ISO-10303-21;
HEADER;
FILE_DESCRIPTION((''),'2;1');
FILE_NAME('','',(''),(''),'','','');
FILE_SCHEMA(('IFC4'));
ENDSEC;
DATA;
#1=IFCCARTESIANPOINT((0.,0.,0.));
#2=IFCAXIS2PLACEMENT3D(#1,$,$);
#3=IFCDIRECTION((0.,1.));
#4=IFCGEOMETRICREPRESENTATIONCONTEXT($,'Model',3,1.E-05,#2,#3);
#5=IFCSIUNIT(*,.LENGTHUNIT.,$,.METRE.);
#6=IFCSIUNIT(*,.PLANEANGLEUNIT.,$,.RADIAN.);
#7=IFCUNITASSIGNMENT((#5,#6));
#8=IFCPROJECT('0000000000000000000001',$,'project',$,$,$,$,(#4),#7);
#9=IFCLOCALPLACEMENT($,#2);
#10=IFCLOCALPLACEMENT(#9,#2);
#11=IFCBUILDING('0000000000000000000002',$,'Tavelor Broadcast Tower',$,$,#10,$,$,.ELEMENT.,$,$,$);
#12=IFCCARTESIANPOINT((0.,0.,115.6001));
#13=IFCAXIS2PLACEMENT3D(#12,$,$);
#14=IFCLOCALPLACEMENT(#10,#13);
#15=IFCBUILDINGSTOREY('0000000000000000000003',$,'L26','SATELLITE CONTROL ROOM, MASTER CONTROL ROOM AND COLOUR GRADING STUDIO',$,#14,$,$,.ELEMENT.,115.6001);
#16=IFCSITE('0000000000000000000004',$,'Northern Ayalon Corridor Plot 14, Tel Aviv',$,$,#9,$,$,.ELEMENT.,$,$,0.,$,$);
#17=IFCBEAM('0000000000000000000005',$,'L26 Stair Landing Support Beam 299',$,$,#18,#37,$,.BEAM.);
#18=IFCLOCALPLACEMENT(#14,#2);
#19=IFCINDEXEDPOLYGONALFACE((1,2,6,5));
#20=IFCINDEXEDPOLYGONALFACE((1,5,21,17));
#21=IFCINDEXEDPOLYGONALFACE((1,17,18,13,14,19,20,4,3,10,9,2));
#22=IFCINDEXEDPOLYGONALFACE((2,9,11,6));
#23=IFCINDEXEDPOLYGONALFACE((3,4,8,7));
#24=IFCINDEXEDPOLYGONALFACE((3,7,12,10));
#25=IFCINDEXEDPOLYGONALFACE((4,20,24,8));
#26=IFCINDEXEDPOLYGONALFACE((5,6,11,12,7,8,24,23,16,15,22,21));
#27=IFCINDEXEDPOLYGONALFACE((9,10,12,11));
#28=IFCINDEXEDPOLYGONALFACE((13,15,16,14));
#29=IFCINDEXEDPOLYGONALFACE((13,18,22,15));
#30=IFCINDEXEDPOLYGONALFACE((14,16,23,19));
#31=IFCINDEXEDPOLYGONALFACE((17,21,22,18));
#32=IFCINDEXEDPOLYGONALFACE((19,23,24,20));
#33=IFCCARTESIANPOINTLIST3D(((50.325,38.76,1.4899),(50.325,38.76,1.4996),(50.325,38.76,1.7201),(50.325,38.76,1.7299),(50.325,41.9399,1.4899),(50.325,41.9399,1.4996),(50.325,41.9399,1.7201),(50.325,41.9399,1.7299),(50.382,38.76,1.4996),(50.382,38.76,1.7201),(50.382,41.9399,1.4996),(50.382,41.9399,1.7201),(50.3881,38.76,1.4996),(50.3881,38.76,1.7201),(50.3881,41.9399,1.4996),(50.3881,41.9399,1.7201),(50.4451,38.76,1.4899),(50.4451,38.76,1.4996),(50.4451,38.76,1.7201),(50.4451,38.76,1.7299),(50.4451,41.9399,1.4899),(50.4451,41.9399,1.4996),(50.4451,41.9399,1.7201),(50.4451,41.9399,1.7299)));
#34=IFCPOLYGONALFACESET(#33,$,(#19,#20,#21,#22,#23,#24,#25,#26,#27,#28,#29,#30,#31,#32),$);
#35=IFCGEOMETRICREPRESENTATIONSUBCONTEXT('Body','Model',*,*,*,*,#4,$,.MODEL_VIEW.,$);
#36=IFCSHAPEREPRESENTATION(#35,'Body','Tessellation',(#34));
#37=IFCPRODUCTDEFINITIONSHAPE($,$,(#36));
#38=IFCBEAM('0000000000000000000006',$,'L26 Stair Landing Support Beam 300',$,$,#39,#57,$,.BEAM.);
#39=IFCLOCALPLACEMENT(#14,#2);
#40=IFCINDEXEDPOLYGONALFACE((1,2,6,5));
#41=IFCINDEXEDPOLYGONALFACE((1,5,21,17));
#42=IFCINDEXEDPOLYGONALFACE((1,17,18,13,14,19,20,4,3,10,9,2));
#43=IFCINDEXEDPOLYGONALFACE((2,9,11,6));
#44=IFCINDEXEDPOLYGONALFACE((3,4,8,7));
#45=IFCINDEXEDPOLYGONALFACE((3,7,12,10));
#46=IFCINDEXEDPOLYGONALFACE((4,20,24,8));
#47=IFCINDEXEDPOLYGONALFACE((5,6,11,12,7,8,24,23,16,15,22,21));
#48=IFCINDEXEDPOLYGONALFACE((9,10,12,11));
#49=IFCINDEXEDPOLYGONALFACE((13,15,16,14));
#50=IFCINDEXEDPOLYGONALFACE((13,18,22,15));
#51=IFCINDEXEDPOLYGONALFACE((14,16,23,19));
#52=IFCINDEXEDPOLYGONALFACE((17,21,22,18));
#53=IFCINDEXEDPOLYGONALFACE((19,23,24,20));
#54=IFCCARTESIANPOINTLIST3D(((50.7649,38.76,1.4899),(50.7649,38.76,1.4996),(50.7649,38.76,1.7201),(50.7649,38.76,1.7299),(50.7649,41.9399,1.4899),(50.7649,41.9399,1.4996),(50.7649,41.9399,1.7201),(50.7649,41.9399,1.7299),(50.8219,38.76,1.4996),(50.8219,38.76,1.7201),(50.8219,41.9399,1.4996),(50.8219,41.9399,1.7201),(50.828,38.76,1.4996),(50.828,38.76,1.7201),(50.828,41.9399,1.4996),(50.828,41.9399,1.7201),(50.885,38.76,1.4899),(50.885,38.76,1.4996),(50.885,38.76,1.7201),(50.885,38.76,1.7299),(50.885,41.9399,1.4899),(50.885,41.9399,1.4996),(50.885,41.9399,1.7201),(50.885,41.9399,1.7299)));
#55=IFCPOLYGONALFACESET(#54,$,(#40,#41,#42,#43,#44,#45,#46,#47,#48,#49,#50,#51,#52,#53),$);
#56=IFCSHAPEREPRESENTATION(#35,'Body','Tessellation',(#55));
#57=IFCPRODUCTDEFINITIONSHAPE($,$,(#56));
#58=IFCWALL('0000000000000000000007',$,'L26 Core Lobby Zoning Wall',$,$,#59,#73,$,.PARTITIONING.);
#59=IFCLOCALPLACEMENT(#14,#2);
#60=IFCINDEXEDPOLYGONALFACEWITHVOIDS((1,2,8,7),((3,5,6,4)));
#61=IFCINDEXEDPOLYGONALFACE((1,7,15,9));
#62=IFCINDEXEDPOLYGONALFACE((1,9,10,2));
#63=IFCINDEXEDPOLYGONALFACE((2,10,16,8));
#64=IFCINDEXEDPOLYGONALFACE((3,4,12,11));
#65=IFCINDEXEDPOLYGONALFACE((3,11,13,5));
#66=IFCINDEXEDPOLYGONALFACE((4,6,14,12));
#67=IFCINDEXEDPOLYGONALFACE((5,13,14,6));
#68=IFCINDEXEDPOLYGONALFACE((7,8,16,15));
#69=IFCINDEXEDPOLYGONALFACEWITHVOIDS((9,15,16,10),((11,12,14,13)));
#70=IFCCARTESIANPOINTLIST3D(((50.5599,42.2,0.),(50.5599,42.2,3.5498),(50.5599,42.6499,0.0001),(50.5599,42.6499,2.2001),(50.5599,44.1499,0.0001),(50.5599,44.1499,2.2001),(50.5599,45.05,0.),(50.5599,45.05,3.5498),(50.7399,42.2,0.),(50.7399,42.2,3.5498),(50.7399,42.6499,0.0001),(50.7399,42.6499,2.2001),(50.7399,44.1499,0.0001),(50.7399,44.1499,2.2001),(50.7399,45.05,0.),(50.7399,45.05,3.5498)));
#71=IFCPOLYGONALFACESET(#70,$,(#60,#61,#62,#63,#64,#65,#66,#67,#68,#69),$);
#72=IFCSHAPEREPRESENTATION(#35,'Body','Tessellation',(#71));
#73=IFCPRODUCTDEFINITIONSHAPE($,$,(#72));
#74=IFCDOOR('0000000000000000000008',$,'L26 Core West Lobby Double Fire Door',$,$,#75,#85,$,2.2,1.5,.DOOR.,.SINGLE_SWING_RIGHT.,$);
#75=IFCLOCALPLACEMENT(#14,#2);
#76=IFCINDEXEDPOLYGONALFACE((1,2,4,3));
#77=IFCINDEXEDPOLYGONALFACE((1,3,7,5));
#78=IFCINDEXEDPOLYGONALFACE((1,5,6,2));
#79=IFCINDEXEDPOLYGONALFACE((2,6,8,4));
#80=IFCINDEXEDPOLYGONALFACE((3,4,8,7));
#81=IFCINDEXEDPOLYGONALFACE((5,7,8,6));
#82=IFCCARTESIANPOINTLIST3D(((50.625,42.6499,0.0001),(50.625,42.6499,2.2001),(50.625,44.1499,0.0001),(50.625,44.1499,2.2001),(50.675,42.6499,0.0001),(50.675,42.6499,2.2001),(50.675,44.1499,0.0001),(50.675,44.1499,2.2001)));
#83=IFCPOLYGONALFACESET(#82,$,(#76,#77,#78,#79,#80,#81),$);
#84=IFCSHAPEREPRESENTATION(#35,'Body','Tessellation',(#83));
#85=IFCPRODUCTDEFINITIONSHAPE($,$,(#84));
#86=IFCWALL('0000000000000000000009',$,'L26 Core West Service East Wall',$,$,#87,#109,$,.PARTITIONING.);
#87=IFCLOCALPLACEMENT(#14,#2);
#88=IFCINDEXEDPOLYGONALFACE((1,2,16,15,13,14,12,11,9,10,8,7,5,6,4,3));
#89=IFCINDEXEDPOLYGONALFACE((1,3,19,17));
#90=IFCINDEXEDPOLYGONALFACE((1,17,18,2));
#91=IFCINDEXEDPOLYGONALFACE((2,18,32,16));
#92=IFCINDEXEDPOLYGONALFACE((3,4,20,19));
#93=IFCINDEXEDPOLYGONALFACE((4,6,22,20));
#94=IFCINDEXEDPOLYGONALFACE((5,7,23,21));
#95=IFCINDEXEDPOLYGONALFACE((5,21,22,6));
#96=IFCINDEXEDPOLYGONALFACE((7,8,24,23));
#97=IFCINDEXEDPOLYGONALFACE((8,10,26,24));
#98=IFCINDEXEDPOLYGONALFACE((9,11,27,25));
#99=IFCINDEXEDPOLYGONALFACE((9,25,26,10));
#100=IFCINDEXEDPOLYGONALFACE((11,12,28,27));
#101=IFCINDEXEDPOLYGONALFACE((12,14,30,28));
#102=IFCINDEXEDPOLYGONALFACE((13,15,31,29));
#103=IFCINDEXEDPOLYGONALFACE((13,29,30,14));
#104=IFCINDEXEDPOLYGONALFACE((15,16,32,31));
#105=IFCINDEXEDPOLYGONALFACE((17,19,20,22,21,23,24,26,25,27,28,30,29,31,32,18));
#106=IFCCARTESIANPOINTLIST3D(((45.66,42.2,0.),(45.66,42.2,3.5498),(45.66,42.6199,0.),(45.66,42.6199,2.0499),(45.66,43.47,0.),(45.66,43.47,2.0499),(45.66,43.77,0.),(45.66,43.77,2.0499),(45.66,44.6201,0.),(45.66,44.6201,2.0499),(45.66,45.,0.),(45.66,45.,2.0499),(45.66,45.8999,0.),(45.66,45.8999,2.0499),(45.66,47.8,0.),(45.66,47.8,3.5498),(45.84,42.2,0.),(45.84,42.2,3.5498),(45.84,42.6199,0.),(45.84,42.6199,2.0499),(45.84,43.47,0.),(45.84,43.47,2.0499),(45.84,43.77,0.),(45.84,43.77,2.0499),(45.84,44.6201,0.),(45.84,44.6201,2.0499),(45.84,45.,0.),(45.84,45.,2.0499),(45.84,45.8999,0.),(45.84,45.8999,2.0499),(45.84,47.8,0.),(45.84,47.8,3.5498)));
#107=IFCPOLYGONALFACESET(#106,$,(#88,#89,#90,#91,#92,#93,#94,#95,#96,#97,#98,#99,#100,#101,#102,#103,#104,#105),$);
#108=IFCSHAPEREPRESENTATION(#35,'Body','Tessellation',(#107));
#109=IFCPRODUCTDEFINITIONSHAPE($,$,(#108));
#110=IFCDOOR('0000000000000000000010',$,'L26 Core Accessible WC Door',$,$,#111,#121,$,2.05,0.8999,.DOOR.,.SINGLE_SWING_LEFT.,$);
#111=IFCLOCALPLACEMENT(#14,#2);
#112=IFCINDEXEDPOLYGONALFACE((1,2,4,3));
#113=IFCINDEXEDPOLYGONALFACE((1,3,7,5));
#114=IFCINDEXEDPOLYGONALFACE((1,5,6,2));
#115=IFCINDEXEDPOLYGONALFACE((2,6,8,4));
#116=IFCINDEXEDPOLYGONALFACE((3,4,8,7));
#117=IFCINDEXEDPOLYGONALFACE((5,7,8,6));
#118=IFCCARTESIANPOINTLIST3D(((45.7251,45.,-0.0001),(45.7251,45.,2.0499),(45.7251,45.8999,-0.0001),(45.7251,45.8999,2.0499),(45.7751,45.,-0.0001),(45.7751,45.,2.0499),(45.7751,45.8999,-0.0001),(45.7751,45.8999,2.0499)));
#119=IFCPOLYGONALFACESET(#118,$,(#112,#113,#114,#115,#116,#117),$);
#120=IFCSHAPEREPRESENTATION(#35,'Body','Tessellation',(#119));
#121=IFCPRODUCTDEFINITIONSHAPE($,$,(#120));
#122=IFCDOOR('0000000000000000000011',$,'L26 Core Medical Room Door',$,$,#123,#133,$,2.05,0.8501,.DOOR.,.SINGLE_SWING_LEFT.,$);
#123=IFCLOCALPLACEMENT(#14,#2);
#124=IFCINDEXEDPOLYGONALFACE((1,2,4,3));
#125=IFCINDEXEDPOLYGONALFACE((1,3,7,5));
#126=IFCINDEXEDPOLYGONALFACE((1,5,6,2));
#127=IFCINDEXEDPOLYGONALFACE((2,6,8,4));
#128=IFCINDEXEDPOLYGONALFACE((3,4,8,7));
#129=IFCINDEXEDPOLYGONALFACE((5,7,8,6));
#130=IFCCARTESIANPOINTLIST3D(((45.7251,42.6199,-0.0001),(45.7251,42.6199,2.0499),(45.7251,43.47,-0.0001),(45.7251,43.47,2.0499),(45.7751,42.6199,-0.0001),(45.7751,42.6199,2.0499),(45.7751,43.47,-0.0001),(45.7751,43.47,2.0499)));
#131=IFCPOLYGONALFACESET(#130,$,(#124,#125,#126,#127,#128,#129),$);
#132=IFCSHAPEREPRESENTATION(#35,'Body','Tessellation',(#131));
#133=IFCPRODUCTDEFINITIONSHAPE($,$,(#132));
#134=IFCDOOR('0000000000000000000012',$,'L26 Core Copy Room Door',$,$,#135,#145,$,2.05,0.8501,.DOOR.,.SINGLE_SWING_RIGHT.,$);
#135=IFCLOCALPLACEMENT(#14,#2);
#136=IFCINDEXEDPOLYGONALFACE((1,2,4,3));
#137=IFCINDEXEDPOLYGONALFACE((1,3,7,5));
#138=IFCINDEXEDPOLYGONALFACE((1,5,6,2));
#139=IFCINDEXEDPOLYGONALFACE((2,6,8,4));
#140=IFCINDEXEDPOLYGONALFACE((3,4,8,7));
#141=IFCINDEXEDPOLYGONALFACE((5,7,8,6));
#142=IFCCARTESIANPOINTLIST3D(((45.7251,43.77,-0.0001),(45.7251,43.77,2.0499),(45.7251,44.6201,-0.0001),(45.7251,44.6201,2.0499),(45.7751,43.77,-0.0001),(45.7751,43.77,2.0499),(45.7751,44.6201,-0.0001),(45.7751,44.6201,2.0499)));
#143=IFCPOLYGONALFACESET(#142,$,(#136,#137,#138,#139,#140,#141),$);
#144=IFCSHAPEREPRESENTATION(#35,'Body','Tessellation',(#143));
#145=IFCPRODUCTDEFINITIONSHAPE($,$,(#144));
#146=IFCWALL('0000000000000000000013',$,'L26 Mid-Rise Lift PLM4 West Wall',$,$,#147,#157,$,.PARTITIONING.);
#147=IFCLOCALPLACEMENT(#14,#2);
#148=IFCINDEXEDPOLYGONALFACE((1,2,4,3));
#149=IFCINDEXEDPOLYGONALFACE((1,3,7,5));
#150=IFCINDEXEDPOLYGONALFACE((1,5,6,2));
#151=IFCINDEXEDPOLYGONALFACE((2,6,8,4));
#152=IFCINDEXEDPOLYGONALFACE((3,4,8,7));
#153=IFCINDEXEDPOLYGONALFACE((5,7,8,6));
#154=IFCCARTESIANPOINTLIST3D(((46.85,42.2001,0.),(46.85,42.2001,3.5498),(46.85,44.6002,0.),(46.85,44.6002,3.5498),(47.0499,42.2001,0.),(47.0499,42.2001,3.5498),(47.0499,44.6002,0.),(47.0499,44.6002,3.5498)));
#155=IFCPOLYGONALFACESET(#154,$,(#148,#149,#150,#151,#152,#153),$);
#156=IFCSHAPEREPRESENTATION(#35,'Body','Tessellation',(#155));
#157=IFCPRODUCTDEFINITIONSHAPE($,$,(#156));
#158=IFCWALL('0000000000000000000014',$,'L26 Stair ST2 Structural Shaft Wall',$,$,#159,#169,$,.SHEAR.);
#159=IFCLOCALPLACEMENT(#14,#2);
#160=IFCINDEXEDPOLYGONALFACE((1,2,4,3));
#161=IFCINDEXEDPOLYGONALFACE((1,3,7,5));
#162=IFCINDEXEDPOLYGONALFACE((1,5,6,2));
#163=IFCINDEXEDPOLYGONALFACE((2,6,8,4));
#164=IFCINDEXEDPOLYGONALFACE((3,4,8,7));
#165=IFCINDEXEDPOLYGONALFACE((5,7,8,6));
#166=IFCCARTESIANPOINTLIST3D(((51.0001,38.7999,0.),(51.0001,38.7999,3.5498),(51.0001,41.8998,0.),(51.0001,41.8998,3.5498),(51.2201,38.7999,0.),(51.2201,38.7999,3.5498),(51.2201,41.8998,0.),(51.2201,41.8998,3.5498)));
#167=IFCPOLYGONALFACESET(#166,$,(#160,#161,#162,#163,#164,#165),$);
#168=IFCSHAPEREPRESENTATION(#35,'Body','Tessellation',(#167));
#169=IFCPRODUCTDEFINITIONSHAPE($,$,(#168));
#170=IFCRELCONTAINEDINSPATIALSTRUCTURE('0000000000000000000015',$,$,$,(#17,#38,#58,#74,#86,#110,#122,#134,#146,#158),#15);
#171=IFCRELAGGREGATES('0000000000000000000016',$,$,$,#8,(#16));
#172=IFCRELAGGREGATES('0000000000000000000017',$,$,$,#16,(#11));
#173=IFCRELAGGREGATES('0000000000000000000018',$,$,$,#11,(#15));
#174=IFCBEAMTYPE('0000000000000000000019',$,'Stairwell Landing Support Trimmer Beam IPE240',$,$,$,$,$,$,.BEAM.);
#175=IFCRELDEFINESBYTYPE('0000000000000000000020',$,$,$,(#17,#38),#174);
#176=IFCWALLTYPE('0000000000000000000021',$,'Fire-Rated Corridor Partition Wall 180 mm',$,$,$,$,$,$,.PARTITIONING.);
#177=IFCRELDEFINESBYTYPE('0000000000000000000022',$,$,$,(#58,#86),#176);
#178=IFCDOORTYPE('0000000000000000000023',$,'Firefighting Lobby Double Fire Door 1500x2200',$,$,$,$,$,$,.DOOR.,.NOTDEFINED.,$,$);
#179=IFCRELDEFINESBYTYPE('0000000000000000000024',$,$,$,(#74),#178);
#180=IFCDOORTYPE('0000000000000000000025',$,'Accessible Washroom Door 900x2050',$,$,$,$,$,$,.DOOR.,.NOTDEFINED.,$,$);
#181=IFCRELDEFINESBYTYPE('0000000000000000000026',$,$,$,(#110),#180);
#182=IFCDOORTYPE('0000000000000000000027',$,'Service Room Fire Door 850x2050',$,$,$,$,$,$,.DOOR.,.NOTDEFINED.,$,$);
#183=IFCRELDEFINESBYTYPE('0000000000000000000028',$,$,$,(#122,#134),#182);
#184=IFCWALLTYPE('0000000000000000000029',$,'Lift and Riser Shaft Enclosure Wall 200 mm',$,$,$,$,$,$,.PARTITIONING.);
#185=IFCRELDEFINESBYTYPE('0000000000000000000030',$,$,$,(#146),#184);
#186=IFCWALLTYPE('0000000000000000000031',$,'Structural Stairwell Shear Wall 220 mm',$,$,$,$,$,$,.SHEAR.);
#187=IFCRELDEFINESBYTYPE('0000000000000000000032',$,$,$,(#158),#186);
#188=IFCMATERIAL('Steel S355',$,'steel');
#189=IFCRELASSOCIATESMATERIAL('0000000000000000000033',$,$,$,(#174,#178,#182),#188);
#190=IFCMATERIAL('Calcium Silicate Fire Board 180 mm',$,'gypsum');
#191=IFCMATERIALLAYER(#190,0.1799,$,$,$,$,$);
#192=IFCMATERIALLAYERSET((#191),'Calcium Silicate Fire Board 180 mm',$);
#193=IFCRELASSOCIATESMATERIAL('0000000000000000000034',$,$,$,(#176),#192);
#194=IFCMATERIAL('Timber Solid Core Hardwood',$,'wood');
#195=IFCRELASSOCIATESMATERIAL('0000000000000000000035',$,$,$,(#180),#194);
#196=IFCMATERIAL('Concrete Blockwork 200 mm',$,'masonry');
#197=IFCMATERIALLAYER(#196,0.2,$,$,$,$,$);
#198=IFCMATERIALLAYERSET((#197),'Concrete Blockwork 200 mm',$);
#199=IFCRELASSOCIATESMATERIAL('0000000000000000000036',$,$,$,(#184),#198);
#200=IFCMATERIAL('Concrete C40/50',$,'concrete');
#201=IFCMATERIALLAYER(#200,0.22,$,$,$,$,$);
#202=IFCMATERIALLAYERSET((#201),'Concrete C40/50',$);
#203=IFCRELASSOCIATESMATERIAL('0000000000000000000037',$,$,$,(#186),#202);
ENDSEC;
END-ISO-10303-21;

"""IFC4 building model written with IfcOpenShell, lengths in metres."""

from ifc_helpers import new_model, si_unit, direction, frame, frame_2d, origin, origin_2d, place, context, subcontext, project, spatial, rectangle, i_section, extrude, material, layer, layer_set, material_profile, profile_set, type_object, element, fill, save


model = new_model("IFC4")

# Units and contexts
model_context = context("Model", 3, precision=1e-05, world=origin(), true_north=direction((0.0, 1.0)))
body_context = subcontext(model_context, "Body", "Model", "MODEL_VIEW")
ifc_project = project(units=[si_unit("LENGTHUNIT", "METRE"), si_unit("PLANEANGLEUNIT", "RADIAN")], contexts=[model_context])

# Site, building, storey
site_placement = place(None, origin())
site = spatial("IfcSite", under=ifc_project, at=site_placement, Name="Northern Ayalon Corridor Plot 14, Tel Aviv", CompositionType="ELEMENT", RefElevation=0.0)
building_placement = place(site_placement, origin())
building = spatial("IfcBuilding", under=site, at=building_placement, Name="Tavelor Broadcast Tower", CompositionType="ELEMENT")
storey_placement = place(building_placement, frame((0.0, 0.0, 115.6001)))
storey = spatial("IfcBuildingStorey", under=building, at=storey_placement, Name="L26", Description="SATELLITE CONTROL ROOM, MASTER CONTROL ROOM AND COLOUR GRADING STUDIO", CompositionType="ELEMENT", Elevation=115.6001)

# Beams
ifc_material_1 = material(Name="Steel S355", Category="steel")
ifc_material_profile = material_profile(ifc_material_1, i_section(OverallWidth=0.1201, OverallDepth=0.24, WebThickness=0.0061, FlangeThickness=0.0098, at=origin_2d()), Name="IPE 240")
ifc_profile_set = profile_set([ifc_material_profile], Name="Steel S355")
beam_type = type_object("IfcBeamType", Name="Stairwell Landing Support Trimmer Beam IPE240", PredefinedType="BEAM", material=ifc_profile_set)
for number, where, z_axis, x_axis, name in (
    (1, (50.385, 38.76, 1.6099), (0.0, 1.0, 0.0), (-1.0, 0.0, 0.0), "L26 Stair Landing Support Beam 299"),
    (2, (50.825, 38.76, 1.6099), (0.0, 1.0, 0.0), (-1.0, 0.0, 0.0), "L26 Stair Landing Support Beam 300"),
):
    element("IfcBeam", number, at=place(storey_placement, frame(where, z_axis=z_axis, x_axis=x_axis)), inside=storey, type_object=beam_type, Name=name, PredefinedType="BEAM", context=body_context, shape_type="SweptSolid", body=[
        extrude(i_section(OverallWidth=0.1201, OverallDepth=0.24, WebThickness=0.0061, FlangeThickness=0.0098, at=origin_2d()), origin(), (0.0, 0.0, 1.0), 3.1799),
    ])

# Wall, opening, door
ifc_material_2 = material(Name="Calcium Silicate Fire Board 180 mm", Category="gypsum")
ifc_layer_1 = layer(ifc_material_2, 0.1799)
ifc_layer_set_1 = layer_set([ifc_layer_1], Name="Calcium Silicate Fire Board 180 mm")
wall_type_1 = type_object("IfcWallType", Name="Fire-Rated Corridor Partition Wall 180 mm", PredefinedType="PARTITIONING", material=ifc_layer_set_1)
wall_1_placement = place(storey_placement, frame((50.6499, 42.2, 0.0), z_axis=(0.0, 0.0, 1.0), x_axis=(0.0, 1.0, 0.0)))
wall_1 = element("IfcWall", 3, at=wall_1_placement, inside=storey, type_object=wall_type_1, Name="L26 Core Lobby Zoning Wall", PredefinedType="PARTITIONING", context=body_context, shape_type="SweptSolid", body=[
    extrude(rectangle(XDim=2.8501, YDim=0.1799, at=frame_2d((1.425, 0.0))), origin(), (0.0, 0.0, 1.0), 3.5498),
])
opening_1_placement = place(wall_1_placement, frame((0.45, 0.0, 0.0)))
opening_1 = element("IfcOpeningElement", 4, at=opening_1_placement, cuts=wall_1, PredefinedType="OPENING", context=body_context, shape_type="SweptSolid", body=[
    extrude(rectangle(XDim=1.5, YDim=2.2, at=frame_2d((0.75, 1.1001))), frame((0.0, 0.1001, 0.0), z_axis=(0.0, -1.0, 0.0), x_axis=(1.0, 0.0, 0.0)), (0.0, 0.0, 1.0), 0.2),
])
door_type_1 = type_object("IfcDoorType", Name="Firefighting Lobby Double Fire Door 1500x2200", OperationType="NOTDEFINED", PredefinedType="DOOR", material=ifc_material_1)
door_1_placement = place(opening_1_placement, origin())
door_1 = element("IfcDoor", 5, at=door_1_placement, inside=storey, type_object=door_type_1, Name="L26 Core West Lobby Double Fire Door", OperationType="SINGLE_SWING_RIGHT", OverallHeight=2.2, OverallWidth=1.5, PredefinedType="DOOR", context=body_context, shape_type="SweptSolid", body=[
    extrude(rectangle(XDim=1.5, YDim=2.2, at=frame_2d((0.75, 1.1001))), frame((0.0, 0.0249, 0.0), z_axis=(0.0, -1.0, 0.0), x_axis=(1.0, 0.0, 0.0)), (0.0, 0.0, 1.0), 0.05),
])
fill(opening_1, door_1)

# Wall, openings, doors
wall_2_placement = place(storey_placement, frame((45.75, 42.2, 0.0), z_axis=(0.0, 0.0, 1.0), x_axis=(0.0, 1.0, 0.0)))
wall_2 = element("IfcWall", 6, at=wall_2_placement, inside=storey, type_object=wall_type_1, Name="L26 Core West Service East Wall", PredefinedType="PARTITIONING", context=body_context, shape_type="SweptSolid", body=[
    extrude(rectangle(XDim=5.6001, YDim=0.1799, at=frame_2d((2.8, 0.0))), origin(), (0.0, 0.0, 1.0), 3.5498),
])
opening_2_placement = place(wall_2_placement, frame((0.4199, 0.0, 0.0)))
opening_2 = element("IfcOpeningElement", 7, at=opening_2_placement, cuts=wall_2, PredefinedType="OPENING", context=body_context, shape_type="SweptSolid", body=[
    extrude(rectangle(XDim=0.8501, YDim=2.05, at=frame_2d((0.425, 1.0249))), frame((0.0, 0.1001, 0.0), z_axis=(0.0, -1.0, 0.0), x_axis=(1.0, 0.0, 0.0)), (0.0, 0.0, 1.0), 0.2),
])
opening_3_placement = place(wall_2_placement, frame((1.5701, 0.0, 0.0)))
opening_3 = element("IfcOpeningElement", 8, at=opening_3_placement, cuts=wall_2, PredefinedType="OPENING", context=body_context, shape_type="SweptSolid", body=[
    extrude(rectangle(XDim=0.8501, YDim=2.05, at=frame_2d((0.425, 1.0249))), frame((0.0, 0.1001, 0.0), z_axis=(0.0, -1.0, 0.0), x_axis=(1.0, 0.0, 0.0)), (0.0, 0.0, 1.0), 0.2),
])
opening_4_placement = place(wall_2_placement, frame((2.8, 0.0, 0.0)))
opening_4 = element("IfcOpeningElement", 9, at=opening_4_placement, cuts=wall_2, PredefinedType="OPENING", context=body_context, shape_type="SweptSolid", body=[
    extrude(rectangle(XDim=0.8999, YDim=2.05, at=frame_2d((0.45, 1.0249))), frame((0.0, 0.1001, 0.0), z_axis=(0.0, -1.0, 0.0), x_axis=(1.0, 0.0, 0.0)), (0.0, 0.0, 1.0), 0.2),
])
ifc_material_3 = material(Name="Timber Solid Core Hardwood", Category="wood")
door_type_2 = type_object("IfcDoorType", Name="Accessible Washroom Door 900x2050", OperationType="NOTDEFINED", PredefinedType="DOOR", material=ifc_material_3)
door_2_placement = place(opening_4_placement, origin())
door_2 = element("IfcDoor", 10, at=door_2_placement, inside=storey, type_object=door_type_2, Name="L26 Core Accessible WC Door", OperationType="SINGLE_SWING_LEFT", OverallHeight=2.05, OverallWidth=0.8999, PredefinedType="DOOR", context=body_context, shape_type="SweptSolid", body=[
    extrude(rectangle(XDim=0.8999, YDim=2.05, at=frame_2d((0.45, 1.0249))), frame((0.0, 0.0249, 0.0), z_axis=(0.0, -1.0, 0.0), x_axis=(1.0, 0.0, 0.0)), (0.0, 0.0, 1.0), 0.05),
])
fill(opening_4, door_2)
door_type_3 = type_object("IfcDoorType", Name="Service Room Fire Door 850x2050", OperationType="NOTDEFINED", PredefinedType="DOOR", material=ifc_material_1)
door_3_placement = place(opening_2_placement, origin())
door_3 = element("IfcDoor", 11, at=door_3_placement, inside=storey, type_object=door_type_3, Name="L26 Core Medical Room Door", OperationType="SINGLE_SWING_LEFT", OverallHeight=2.05, OverallWidth=0.8501, PredefinedType="DOOR", context=body_context, shape_type="SweptSolid", body=[
    extrude(rectangle(XDim=0.8501, YDim=2.05, at=frame_2d((0.425, 1.0249))), frame((0.0, 0.0249, 0.0), z_axis=(0.0, -1.0, 0.0), x_axis=(1.0, 0.0, 0.0)), (0.0, 0.0, 1.0), 0.05),
])
fill(opening_2, door_3)
door_4_placement = place(opening_3_placement, origin())
door_4 = element("IfcDoor", 12, at=door_4_placement, inside=storey, type_object=door_type_3, Name="L26 Core Copy Room Door", OperationType="SINGLE_SWING_RIGHT", OverallHeight=2.05, OverallWidth=0.8501, PredefinedType="DOOR", context=body_context, shape_type="SweptSolid", body=[
    extrude(rectangle(XDim=0.8501, YDim=2.05, at=frame_2d((0.425, 1.0249))), frame((0.0, 0.0249, 0.0), z_axis=(0.0, -1.0, 0.0), x_axis=(1.0, 0.0, 0.0)), (0.0, 0.0, 1.0), 0.05),
])
fill(opening_3, door_4)

# Shared definitions
ifc_material_4 = material(Name="Concrete Blockwork 200 mm", Category="masonry")

# Walls
ifc_layer_2 = layer(ifc_material_4, 0.2)
ifc_layer_set_2 = layer_set([ifc_layer_2], Name="Concrete Blockwork 200 mm")
wall_type_2 = type_object("IfcWallType", Name="Lift and Riser Shaft Enclosure Wall 200 mm", PredefinedType="PARTITIONING", material=ifc_layer_set_2)
wall_3_placement = place(storey_placement, frame((46.95, 42.2, 0.0), z_axis=(0.0, 0.0, 1.0), x_axis=(0.0, 1.0, 0.0)))
element("IfcWall", 13, at=wall_3_placement, inside=storey, type_object=wall_type_2, Name="L26 Mid-Rise Lift PLM4 West Wall", PredefinedType="PARTITIONING", context=body_context, shape_type="SweptSolid", body=[
    extrude(rectangle(XDim=2.4001, YDim=0.2, at=frame_2d((1.2002, 0.0))), origin(), (0.0, 0.0, 1.0), 3.5498),
])
ifc_material_5 = material(Name="Concrete C40/50", Category="concrete")
ifc_layer_3 = layer(ifc_material_5, 0.22)
ifc_layer_set_3 = layer_set([ifc_layer_3], Name="Concrete C40/50")
wall_type_3 = type_object("IfcWallType", Name="Structural Stairwell Shear Wall 220 mm", PredefinedType="SHEAR", material=ifc_layer_set_3)
wall_4_placement = place(storey_placement, frame((51.1101, 38.8, 0.0), z_axis=(0.0, 0.0, 1.0), x_axis=(0.0, 1.0, 0.0)))
element("IfcWall", 14, at=wall_4_placement, inside=storey, type_object=wall_type_3, Name="L26 Stair ST2 Structural Shaft Wall", PredefinedType="SHEAR", context=body_context, shape_type="SweptSolid", body=[
    extrude(rectangle(XDim=3.0999, YDim=0.22, at=frame_2d((1.5498, 0.0))), origin(), (0.0, 0.0, 1.0), 3.5498),
])

save(model, "model.ifc")
